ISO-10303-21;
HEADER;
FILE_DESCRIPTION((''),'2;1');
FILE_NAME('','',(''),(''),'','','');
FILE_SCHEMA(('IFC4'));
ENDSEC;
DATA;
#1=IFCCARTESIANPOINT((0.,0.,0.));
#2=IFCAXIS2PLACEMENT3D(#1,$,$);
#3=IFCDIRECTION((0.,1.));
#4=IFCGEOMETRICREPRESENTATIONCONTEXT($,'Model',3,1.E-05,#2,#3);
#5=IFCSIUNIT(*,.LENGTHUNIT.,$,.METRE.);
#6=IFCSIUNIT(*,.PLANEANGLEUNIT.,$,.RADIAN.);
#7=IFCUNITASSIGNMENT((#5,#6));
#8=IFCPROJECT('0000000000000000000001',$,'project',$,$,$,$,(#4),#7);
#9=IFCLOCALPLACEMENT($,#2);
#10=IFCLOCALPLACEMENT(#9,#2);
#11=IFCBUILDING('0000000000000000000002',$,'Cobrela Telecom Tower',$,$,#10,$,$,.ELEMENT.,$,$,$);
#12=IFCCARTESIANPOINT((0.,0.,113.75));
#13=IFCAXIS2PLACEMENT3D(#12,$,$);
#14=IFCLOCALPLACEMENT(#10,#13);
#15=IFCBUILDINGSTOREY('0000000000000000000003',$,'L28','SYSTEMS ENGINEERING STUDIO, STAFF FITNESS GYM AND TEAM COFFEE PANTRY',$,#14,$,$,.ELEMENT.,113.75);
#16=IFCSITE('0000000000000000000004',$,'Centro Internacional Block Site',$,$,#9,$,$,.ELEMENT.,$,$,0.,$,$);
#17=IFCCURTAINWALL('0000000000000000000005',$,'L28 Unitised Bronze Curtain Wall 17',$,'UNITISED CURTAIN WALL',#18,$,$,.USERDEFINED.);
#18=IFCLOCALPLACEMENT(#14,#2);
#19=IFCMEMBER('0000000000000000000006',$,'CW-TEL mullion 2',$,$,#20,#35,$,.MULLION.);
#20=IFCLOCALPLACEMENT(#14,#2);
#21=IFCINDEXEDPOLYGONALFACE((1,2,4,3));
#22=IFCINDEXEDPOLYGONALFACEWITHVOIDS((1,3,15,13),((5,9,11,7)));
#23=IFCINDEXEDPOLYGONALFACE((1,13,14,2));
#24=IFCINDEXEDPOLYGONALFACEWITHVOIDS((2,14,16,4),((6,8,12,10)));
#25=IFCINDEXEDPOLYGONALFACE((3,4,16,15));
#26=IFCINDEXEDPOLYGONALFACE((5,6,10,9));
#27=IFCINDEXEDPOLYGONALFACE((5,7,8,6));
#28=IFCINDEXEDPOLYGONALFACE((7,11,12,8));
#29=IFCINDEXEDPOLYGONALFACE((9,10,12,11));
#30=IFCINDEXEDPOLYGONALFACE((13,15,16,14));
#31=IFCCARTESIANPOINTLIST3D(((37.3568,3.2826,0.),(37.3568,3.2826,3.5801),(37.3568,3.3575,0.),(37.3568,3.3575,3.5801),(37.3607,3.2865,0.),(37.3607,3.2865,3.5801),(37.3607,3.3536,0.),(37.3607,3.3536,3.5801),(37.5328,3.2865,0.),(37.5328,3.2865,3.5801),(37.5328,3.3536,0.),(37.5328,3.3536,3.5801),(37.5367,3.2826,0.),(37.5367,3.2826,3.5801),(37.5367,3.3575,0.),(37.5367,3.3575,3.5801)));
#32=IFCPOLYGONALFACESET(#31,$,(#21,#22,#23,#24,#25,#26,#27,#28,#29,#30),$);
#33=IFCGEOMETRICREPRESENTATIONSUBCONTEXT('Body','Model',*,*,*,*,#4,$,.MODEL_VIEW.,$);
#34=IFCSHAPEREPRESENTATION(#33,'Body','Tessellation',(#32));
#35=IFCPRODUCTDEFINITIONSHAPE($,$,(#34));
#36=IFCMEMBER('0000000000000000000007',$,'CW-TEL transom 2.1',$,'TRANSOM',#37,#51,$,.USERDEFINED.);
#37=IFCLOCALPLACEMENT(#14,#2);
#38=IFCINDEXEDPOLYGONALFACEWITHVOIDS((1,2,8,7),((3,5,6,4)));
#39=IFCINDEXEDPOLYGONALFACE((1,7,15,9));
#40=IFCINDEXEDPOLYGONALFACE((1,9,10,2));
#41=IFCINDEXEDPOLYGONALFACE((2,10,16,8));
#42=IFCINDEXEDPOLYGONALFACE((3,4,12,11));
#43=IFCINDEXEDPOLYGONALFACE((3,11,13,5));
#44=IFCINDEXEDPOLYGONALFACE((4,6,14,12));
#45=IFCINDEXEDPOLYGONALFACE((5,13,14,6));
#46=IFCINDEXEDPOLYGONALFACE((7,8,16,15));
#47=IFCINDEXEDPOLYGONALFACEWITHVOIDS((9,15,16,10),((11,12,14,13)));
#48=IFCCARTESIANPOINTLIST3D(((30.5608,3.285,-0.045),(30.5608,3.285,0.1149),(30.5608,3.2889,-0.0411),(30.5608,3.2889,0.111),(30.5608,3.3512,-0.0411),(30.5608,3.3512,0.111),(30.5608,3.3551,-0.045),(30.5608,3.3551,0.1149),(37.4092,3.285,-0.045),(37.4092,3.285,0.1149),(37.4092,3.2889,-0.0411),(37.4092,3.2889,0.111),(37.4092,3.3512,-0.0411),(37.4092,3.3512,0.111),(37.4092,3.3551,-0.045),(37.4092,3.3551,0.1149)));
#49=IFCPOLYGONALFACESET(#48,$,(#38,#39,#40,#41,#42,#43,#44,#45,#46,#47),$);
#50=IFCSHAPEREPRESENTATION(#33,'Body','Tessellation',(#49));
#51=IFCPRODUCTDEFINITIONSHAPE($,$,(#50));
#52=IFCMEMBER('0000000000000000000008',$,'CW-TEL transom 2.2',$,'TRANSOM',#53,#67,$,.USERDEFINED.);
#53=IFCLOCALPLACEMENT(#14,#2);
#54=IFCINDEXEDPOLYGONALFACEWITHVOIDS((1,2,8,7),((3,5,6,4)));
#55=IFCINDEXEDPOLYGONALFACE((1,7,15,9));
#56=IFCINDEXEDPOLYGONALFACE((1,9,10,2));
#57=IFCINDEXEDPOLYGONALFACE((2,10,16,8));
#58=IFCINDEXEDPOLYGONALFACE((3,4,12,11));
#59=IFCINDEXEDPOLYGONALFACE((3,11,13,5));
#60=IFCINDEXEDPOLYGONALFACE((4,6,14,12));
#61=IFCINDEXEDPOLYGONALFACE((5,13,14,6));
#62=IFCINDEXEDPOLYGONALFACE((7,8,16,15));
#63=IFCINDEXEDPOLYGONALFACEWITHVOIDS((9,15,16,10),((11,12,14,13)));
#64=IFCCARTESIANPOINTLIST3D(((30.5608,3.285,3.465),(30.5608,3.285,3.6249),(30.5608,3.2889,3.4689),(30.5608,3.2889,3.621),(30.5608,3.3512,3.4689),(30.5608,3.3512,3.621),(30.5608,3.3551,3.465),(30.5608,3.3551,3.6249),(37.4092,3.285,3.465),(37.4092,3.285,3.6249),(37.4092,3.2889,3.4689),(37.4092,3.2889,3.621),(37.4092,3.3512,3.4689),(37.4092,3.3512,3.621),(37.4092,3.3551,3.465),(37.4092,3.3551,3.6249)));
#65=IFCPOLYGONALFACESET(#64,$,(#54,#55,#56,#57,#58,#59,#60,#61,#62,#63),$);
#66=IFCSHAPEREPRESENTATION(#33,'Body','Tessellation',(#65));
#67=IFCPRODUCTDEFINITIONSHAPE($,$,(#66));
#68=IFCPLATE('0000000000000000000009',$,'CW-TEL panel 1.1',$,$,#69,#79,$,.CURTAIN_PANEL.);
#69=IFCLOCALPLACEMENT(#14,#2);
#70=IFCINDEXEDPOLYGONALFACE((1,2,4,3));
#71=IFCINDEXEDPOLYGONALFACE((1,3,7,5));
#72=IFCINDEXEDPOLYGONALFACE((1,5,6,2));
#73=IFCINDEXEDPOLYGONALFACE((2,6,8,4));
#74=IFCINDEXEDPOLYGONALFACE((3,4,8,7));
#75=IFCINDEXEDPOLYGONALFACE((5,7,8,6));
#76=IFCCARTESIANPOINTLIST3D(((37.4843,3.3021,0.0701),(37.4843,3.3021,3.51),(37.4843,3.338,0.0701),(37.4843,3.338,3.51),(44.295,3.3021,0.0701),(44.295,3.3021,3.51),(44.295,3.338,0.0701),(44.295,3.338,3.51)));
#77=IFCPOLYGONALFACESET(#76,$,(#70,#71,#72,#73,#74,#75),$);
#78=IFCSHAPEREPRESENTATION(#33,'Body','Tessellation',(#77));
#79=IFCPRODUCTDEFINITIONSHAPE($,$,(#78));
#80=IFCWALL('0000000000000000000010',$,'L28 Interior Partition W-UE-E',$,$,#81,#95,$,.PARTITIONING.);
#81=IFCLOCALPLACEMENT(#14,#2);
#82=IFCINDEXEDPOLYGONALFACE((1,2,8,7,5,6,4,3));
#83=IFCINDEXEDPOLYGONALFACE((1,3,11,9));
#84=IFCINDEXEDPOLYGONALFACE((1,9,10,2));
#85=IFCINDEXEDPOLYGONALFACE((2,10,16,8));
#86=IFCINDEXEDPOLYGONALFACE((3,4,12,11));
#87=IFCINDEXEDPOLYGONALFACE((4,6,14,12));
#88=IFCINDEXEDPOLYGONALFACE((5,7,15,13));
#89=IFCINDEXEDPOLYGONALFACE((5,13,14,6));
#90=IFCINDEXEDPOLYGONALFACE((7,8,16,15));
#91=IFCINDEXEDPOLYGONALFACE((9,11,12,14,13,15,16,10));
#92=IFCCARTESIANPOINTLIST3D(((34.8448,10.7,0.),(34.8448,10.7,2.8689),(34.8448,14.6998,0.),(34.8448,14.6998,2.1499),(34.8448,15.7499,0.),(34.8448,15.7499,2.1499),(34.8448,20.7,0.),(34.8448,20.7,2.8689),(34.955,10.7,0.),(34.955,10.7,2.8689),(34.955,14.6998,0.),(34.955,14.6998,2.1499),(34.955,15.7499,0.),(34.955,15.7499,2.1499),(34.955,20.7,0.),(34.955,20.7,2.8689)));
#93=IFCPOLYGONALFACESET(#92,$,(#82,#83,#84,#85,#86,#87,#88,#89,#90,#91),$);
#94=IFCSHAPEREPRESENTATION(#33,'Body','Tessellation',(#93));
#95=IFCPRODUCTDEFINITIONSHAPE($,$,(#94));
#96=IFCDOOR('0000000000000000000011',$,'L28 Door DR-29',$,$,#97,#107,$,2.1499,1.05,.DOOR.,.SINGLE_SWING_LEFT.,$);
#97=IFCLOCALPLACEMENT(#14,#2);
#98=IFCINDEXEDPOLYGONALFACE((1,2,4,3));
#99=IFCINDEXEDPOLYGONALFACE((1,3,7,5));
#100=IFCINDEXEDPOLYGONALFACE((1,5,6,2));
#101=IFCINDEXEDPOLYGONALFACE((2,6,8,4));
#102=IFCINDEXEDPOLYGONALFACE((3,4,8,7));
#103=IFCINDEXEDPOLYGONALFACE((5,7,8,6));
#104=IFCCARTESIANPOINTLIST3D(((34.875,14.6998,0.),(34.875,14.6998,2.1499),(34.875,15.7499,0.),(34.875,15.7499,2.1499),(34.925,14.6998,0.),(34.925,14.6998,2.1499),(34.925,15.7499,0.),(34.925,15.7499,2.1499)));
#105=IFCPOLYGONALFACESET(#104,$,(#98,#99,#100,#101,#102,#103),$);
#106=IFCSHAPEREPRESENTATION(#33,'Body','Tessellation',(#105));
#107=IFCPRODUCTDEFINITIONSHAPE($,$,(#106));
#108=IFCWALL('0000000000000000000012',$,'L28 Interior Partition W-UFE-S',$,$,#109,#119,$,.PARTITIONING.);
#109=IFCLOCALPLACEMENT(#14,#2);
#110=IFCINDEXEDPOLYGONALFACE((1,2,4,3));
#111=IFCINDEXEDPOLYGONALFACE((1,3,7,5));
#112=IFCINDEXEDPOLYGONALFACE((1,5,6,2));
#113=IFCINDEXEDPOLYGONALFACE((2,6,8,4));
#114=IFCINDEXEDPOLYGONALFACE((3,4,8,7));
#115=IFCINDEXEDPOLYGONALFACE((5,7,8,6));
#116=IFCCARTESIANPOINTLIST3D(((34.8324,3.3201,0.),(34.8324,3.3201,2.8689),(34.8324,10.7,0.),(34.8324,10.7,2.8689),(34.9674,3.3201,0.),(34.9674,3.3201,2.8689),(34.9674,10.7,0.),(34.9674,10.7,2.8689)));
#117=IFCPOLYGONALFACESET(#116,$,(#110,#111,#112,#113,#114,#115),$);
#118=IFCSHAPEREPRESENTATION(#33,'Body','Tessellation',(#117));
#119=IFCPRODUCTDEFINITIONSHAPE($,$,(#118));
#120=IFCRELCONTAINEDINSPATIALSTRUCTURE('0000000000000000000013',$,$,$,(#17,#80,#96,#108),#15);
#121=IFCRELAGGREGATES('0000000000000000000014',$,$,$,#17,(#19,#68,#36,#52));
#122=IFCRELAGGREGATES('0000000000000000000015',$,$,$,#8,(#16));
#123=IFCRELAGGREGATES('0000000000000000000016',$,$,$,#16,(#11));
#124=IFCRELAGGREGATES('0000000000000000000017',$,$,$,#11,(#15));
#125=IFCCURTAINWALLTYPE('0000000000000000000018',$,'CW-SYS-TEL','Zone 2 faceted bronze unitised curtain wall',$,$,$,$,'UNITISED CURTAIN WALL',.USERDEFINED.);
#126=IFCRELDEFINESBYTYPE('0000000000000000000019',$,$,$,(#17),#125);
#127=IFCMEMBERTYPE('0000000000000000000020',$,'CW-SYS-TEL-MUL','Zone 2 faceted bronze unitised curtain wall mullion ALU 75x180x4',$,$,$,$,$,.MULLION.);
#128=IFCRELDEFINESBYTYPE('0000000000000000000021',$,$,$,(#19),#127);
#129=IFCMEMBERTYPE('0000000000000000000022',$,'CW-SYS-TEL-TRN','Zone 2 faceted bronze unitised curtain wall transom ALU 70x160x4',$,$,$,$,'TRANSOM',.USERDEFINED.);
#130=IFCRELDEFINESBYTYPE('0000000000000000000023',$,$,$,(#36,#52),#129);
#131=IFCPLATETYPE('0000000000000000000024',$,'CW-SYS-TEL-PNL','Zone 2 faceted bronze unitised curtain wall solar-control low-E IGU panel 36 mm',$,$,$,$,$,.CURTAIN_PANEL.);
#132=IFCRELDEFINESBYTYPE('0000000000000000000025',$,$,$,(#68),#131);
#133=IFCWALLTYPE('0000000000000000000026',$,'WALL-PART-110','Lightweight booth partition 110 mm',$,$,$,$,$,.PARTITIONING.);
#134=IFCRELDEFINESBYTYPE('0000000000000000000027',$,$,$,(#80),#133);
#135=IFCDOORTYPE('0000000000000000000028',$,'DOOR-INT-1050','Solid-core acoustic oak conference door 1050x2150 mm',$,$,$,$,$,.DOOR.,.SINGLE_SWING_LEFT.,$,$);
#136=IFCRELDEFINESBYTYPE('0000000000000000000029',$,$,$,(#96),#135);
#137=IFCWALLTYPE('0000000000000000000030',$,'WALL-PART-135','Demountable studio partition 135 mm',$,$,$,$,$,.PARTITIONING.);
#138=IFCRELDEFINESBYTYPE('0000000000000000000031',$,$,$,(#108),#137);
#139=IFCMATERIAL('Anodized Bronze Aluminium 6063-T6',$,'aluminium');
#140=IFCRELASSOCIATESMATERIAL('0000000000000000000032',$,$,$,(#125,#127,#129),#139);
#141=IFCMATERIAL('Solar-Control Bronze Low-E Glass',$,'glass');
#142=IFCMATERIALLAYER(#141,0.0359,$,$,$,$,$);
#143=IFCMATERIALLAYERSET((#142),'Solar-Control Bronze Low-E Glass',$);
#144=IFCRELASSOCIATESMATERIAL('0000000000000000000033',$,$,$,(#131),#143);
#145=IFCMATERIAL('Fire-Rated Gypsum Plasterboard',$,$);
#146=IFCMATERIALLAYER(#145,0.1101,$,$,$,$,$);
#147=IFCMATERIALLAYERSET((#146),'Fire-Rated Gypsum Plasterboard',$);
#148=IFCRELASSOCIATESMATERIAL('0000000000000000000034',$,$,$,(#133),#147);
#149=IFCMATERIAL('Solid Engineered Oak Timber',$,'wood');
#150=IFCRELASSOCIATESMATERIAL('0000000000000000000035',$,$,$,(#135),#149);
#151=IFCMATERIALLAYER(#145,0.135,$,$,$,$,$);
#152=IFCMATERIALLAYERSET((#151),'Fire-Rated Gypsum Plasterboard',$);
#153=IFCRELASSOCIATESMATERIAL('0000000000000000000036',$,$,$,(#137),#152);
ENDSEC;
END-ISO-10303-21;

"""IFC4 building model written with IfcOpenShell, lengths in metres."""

from ifc_helpers import new_model, si_unit, direction, frame, frame_2d, origin, origin_2d, place, context, subcontext, project, spatial, rectangle, hollow_rectangle, extrude, material, layer, layer_set, material_profile, profile_set, type_object, element, fill, aggregate, save


model = new_model("IFC4")

# Units and contexts
model_context = context("Model", 3, precision=1e-05, world=origin(), true_north=direction((0.0, 1.0)))
body_context = subcontext(model_context, "Body", "Model", "MODEL_VIEW")
ifc_project = project(units=[si_unit("LENGTHUNIT", "METRE"), si_unit("PLANEANGLEUNIT", "RADIAN")], contexts=[model_context])

# Site, building, storey
site_placement = place(None, origin())
site = spatial("IfcSite", under=ifc_project, at=site_placement, Name="Centro Internacional Block Site", CompositionType="ELEMENT", RefElevation=0.0)
building_placement = place(site_placement, origin())
building = spatial("IfcBuilding", under=site, at=building_placement, Name="Cobrela Telecom Tower", CompositionType="ELEMENT")
storey_placement = place(building_placement, frame((0.0, 0.0, 113.75)))
storey = spatial("IfcBuildingStorey", under=building, at=storey_placement, Name="L28", Description="SYSTEMS ENGINEERING STUDIO, STAFF FITNESS GYM AND TEAM COFFEE PANTRY", CompositionType="ELEMENT", Elevation=113.75)

# Curtain wall, members, plate
ifc_material_1 = material(Name="Anodized Bronze Aluminium 6063-T6", Category="aluminium")
curtain_wall_type = type_object("IfcCurtainWallType", Name="CW-SYS-TEL", Description="Zone 2 faceted bronze unitised curtain wall", ElementType="UNITISED CURTAIN WALL", PredefinedType="USERDEFINED", material=ifc_material_1)
curtain_wall_placement = place(storey_placement, origin())
curtain_wall = element("IfcCurtainWall", 1, at=curtain_wall_placement, inside=storey, type_object=curtain_wall_type, Name="L28 Unitised Bronze Curtain Wall 17", ObjectType="UNITISED CURTAIN WALL", PredefinedType="USERDEFINED")
ifc_material_profile_1 = material_profile(ifc_material_1, hollow_rectangle(XDim=0.075, YDim=0.1799, WallThickness=0.0039, at=origin_2d()), Name="ALU 75x180x4")
ifc_profile_set_1 = profile_set([ifc_material_profile_1], Name="Anodized Bronze Aluminium 6063-T6")
member_type_1 = type_object("IfcMemberType", Name="CW-SYS-TEL-MUL", Description="Zone 2 faceted bronze unitised curtain wall mullion ALU 75x180x4", PredefinedType="MULLION", material=ifc_profile_set_1)
member_1_placement = place(storey_placement, frame((37.4468, 3.3201, 0.0), z_axis=(0.0, 0.0, 1.0), x_axis=(0.0, -1.0, 0.0)))
member_1 = element("IfcMember", 2, at=member_1_placement, type_object=member_type_1, Name="CW-TEL mullion 2", PredefinedType="MULLION", context=body_context, shape_type="SweptSolid", body=[
    extrude(hollow_rectangle(XDim=0.075, YDim=0.1799, WallThickness=0.0039, at=origin_2d()), origin(), (0.0, 0.0, 1.0), 3.5801),
])
ifc_material_profile_2 = material_profile(ifc_material_1, hollow_rectangle(XDim=0.0701, YDim=0.1599, WallThickness=0.0039, at=origin_2d()), Name="ALU 70x160x4")
ifc_profile_set_2 = profile_set([ifc_material_profile_2], Name="Anodized Bronze Aluminium 6063-T6")
member_type_2 = type_object("IfcMemberType", Name="CW-SYS-TEL-TRN", Description="Zone 2 faceted bronze unitised curtain wall transom ALU 70x160x4", ElementType="TRANSOM", PredefinedType="USERDEFINED", material=ifc_profile_set_2)
member_2_placement = place(storey_placement, frame((37.4092, 3.3201, 0.0349), z_axis=(-1.0, 0.0, 0.0), x_axis=(0.0, -1.0, 0.0)))
member_2 = element("IfcMember", 3, at=member_2_placement, type_object=member_type_2, Name="CW-TEL transom 2.1", ObjectType="TRANSOM", PredefinedType="USERDEFINED", context=body_context, shape_type="SweptSolid", body=[
    extrude(hollow_rectangle(XDim=0.0701, YDim=0.1599, WallThickness=0.0039, at=origin_2d()), origin(), (0.0, 0.0, 1.0), 6.8484),
])
member_3_placement = place(storey_placement, frame((37.4092, 3.3201, 3.5449), z_axis=(-1.0, 0.0, 0.0), x_axis=(0.0, -1.0, 0.0)))
member_3 = element("IfcMember", 4, at=member_3_placement, type_object=member_type_2, Name="CW-TEL transom 2.2", ObjectType="TRANSOM", PredefinedType="USERDEFINED", context=body_context, shape_type="SweptSolid", body=[
    extrude(hollow_rectangle(XDim=0.0701, YDim=0.1599, WallThickness=0.0039, at=origin_2d()), origin(), (0.0, 0.0, 1.0), 6.8484),
])
ifc_material_2 = material(Name="Solar-Control Bronze Low-E Glass", Category="glass")
ifc_layer_1 = layer(ifc_material_2, 0.0359)
ifc_layer_set_1 = layer_set([ifc_layer_1], Name="Solar-Control Bronze Low-E Glass")
plate_type = type_object("IfcPlateType", Name="CW-SYS-TEL-PNL", Description="Zone 2 faceted bronze unitised curtain wall solar-control low-E IGU panel 36 mm", PredefinedType="CURTAIN_PANEL", material=ifc_layer_set_1)
plate_placement = place(storey_placement, frame((40.8896, 3.3201, 0.0701), z_axis=(0.0, 0.0, 1.0), x_axis=(-1.0, 0.0, 0.0)))
plate = element("IfcPlate", 5, at=plate_placement, type_object=plate_type, Name="CW-TEL panel 1.1", PredefinedType="CURTAIN_PANEL", context=body_context, shape_type="SweptSolid", body=[
    extrude(rectangle(XDim=6.8108, YDim=0.0359, at=origin_2d()), origin(), (0.0, 0.0, 1.0), 3.4399),
])
aggregate(curtain_wall, [member_1, plate, member_2, member_3])

# Wall, opening, door
ifc_material_3 = material(Name="Fire-Rated Gypsum Plasterboard")
ifc_layer_2 = layer(ifc_material_3, 0.1101)
ifc_layer_set_2 = layer_set([ifc_layer_2], Name="Fire-Rated Gypsum Plasterboard")
wall_type_1 = type_object("IfcWallType", Name="WALL-PART-110", Description="Lightweight booth partition 110 mm", PredefinedType="PARTITIONING", material=ifc_layer_set_2)
wall_1_placement = place(storey_placement, frame((34.8999, 10.7, 0.0), z_axis=(0.0, 0.0, 1.0), x_axis=(0.0, 1.0, 0.0)))
wall_1 = element("IfcWall", 6, at=wall_1_placement, inside=storey, type_object=wall_type_1, Name="L28 Interior Partition W-UE-E", PredefinedType="PARTITIONING", context=body_context, shape_type="SweptSolid", body=[
    extrude(rectangle(XDim=10.0, YDim=0.1101, at=frame_2d((5.0, 0.0))), origin(), (0.0, 0.0, 1.0), 2.8689),
])
opening_placement = place(wall_1_placement, frame((4.0, 0.0, 0.0)))
opening = element("IfcOpeningElement", 7, at=opening_placement, cuts=wall_1, PredefinedType="OPENING", context=body_context, shape_type="SweptSolid", body=[
    extrude(rectangle(XDim=1.05, YDim=2.1499, at=frame_2d((0.5249, 1.075))), frame((0.0, 0.0669, 0.0), z_axis=(0.0, -1.0, 0.0), x_axis=(1.0, 0.0, 0.0)), (0.0, 0.0, 1.0), 0.134),
])
ifc_material_4 = material(Name="Solid Engineered Oak Timber", Category="wood")
door_type = type_object("IfcDoorType", Name="DOOR-INT-1050", Description="Solid-core acoustic oak conference door 1050x2150 mm", OperationType="SINGLE_SWING_LEFT", PredefinedType="DOOR", material=ifc_material_4)
door_placement = place(opening_placement, origin())
door = element("IfcDoor", 8, at=door_placement, inside=storey, type_object=door_type, Name="L28 Door DR-29", OperationType="SINGLE_SWING_LEFT", OverallHeight=2.1499, OverallWidth=1.05, PredefinedType="DOOR", context=body_context, shape_type="SweptSolid", body=[
    extrude(rectangle(XDim=1.05, YDim=2.1499, at=frame_2d((0.5249, 1.075))), frame((0.0, 0.0249, 0.0), z_axis=(0.0, -1.0, 0.0), x_axis=(1.0, 0.0, 0.0)), (0.0, 0.0, 1.0), 0.05),
])
fill(opening, door)

# Wall
ifc_layer_3 = layer(ifc_material_3, 0.135)
ifc_layer_set_3 = layer_set([ifc_layer_3], Name="Fire-Rated Gypsum Plasterboard")
wall_type_2 = type_object("IfcWallType", Name="WALL-PART-135", Description="Demountable studio partition 135 mm", PredefinedType="PARTITIONING", material=ifc_layer_set_3)
wall_2_placement = place(storey_placement, frame((34.8999, 3.3201, 0.0), z_axis=(0.0, 0.0, 1.0), x_axis=(0.0, 1.0, 0.0)))
element("IfcWall", 9, at=wall_2_placement, inside=storey, type_object=wall_type_2, Name="L28 Interior Partition W-UFE-S", PredefinedType="PARTITIONING", context=body_context, shape_type="SweptSolid", body=[
    extrude(rectangle(XDim=7.3799, YDim=0.135, at=frame_2d((3.6899, 0.0))), origin(), (0.0, 0.0, 1.0), 2.8689),
])

save(model, "model.ifc")
